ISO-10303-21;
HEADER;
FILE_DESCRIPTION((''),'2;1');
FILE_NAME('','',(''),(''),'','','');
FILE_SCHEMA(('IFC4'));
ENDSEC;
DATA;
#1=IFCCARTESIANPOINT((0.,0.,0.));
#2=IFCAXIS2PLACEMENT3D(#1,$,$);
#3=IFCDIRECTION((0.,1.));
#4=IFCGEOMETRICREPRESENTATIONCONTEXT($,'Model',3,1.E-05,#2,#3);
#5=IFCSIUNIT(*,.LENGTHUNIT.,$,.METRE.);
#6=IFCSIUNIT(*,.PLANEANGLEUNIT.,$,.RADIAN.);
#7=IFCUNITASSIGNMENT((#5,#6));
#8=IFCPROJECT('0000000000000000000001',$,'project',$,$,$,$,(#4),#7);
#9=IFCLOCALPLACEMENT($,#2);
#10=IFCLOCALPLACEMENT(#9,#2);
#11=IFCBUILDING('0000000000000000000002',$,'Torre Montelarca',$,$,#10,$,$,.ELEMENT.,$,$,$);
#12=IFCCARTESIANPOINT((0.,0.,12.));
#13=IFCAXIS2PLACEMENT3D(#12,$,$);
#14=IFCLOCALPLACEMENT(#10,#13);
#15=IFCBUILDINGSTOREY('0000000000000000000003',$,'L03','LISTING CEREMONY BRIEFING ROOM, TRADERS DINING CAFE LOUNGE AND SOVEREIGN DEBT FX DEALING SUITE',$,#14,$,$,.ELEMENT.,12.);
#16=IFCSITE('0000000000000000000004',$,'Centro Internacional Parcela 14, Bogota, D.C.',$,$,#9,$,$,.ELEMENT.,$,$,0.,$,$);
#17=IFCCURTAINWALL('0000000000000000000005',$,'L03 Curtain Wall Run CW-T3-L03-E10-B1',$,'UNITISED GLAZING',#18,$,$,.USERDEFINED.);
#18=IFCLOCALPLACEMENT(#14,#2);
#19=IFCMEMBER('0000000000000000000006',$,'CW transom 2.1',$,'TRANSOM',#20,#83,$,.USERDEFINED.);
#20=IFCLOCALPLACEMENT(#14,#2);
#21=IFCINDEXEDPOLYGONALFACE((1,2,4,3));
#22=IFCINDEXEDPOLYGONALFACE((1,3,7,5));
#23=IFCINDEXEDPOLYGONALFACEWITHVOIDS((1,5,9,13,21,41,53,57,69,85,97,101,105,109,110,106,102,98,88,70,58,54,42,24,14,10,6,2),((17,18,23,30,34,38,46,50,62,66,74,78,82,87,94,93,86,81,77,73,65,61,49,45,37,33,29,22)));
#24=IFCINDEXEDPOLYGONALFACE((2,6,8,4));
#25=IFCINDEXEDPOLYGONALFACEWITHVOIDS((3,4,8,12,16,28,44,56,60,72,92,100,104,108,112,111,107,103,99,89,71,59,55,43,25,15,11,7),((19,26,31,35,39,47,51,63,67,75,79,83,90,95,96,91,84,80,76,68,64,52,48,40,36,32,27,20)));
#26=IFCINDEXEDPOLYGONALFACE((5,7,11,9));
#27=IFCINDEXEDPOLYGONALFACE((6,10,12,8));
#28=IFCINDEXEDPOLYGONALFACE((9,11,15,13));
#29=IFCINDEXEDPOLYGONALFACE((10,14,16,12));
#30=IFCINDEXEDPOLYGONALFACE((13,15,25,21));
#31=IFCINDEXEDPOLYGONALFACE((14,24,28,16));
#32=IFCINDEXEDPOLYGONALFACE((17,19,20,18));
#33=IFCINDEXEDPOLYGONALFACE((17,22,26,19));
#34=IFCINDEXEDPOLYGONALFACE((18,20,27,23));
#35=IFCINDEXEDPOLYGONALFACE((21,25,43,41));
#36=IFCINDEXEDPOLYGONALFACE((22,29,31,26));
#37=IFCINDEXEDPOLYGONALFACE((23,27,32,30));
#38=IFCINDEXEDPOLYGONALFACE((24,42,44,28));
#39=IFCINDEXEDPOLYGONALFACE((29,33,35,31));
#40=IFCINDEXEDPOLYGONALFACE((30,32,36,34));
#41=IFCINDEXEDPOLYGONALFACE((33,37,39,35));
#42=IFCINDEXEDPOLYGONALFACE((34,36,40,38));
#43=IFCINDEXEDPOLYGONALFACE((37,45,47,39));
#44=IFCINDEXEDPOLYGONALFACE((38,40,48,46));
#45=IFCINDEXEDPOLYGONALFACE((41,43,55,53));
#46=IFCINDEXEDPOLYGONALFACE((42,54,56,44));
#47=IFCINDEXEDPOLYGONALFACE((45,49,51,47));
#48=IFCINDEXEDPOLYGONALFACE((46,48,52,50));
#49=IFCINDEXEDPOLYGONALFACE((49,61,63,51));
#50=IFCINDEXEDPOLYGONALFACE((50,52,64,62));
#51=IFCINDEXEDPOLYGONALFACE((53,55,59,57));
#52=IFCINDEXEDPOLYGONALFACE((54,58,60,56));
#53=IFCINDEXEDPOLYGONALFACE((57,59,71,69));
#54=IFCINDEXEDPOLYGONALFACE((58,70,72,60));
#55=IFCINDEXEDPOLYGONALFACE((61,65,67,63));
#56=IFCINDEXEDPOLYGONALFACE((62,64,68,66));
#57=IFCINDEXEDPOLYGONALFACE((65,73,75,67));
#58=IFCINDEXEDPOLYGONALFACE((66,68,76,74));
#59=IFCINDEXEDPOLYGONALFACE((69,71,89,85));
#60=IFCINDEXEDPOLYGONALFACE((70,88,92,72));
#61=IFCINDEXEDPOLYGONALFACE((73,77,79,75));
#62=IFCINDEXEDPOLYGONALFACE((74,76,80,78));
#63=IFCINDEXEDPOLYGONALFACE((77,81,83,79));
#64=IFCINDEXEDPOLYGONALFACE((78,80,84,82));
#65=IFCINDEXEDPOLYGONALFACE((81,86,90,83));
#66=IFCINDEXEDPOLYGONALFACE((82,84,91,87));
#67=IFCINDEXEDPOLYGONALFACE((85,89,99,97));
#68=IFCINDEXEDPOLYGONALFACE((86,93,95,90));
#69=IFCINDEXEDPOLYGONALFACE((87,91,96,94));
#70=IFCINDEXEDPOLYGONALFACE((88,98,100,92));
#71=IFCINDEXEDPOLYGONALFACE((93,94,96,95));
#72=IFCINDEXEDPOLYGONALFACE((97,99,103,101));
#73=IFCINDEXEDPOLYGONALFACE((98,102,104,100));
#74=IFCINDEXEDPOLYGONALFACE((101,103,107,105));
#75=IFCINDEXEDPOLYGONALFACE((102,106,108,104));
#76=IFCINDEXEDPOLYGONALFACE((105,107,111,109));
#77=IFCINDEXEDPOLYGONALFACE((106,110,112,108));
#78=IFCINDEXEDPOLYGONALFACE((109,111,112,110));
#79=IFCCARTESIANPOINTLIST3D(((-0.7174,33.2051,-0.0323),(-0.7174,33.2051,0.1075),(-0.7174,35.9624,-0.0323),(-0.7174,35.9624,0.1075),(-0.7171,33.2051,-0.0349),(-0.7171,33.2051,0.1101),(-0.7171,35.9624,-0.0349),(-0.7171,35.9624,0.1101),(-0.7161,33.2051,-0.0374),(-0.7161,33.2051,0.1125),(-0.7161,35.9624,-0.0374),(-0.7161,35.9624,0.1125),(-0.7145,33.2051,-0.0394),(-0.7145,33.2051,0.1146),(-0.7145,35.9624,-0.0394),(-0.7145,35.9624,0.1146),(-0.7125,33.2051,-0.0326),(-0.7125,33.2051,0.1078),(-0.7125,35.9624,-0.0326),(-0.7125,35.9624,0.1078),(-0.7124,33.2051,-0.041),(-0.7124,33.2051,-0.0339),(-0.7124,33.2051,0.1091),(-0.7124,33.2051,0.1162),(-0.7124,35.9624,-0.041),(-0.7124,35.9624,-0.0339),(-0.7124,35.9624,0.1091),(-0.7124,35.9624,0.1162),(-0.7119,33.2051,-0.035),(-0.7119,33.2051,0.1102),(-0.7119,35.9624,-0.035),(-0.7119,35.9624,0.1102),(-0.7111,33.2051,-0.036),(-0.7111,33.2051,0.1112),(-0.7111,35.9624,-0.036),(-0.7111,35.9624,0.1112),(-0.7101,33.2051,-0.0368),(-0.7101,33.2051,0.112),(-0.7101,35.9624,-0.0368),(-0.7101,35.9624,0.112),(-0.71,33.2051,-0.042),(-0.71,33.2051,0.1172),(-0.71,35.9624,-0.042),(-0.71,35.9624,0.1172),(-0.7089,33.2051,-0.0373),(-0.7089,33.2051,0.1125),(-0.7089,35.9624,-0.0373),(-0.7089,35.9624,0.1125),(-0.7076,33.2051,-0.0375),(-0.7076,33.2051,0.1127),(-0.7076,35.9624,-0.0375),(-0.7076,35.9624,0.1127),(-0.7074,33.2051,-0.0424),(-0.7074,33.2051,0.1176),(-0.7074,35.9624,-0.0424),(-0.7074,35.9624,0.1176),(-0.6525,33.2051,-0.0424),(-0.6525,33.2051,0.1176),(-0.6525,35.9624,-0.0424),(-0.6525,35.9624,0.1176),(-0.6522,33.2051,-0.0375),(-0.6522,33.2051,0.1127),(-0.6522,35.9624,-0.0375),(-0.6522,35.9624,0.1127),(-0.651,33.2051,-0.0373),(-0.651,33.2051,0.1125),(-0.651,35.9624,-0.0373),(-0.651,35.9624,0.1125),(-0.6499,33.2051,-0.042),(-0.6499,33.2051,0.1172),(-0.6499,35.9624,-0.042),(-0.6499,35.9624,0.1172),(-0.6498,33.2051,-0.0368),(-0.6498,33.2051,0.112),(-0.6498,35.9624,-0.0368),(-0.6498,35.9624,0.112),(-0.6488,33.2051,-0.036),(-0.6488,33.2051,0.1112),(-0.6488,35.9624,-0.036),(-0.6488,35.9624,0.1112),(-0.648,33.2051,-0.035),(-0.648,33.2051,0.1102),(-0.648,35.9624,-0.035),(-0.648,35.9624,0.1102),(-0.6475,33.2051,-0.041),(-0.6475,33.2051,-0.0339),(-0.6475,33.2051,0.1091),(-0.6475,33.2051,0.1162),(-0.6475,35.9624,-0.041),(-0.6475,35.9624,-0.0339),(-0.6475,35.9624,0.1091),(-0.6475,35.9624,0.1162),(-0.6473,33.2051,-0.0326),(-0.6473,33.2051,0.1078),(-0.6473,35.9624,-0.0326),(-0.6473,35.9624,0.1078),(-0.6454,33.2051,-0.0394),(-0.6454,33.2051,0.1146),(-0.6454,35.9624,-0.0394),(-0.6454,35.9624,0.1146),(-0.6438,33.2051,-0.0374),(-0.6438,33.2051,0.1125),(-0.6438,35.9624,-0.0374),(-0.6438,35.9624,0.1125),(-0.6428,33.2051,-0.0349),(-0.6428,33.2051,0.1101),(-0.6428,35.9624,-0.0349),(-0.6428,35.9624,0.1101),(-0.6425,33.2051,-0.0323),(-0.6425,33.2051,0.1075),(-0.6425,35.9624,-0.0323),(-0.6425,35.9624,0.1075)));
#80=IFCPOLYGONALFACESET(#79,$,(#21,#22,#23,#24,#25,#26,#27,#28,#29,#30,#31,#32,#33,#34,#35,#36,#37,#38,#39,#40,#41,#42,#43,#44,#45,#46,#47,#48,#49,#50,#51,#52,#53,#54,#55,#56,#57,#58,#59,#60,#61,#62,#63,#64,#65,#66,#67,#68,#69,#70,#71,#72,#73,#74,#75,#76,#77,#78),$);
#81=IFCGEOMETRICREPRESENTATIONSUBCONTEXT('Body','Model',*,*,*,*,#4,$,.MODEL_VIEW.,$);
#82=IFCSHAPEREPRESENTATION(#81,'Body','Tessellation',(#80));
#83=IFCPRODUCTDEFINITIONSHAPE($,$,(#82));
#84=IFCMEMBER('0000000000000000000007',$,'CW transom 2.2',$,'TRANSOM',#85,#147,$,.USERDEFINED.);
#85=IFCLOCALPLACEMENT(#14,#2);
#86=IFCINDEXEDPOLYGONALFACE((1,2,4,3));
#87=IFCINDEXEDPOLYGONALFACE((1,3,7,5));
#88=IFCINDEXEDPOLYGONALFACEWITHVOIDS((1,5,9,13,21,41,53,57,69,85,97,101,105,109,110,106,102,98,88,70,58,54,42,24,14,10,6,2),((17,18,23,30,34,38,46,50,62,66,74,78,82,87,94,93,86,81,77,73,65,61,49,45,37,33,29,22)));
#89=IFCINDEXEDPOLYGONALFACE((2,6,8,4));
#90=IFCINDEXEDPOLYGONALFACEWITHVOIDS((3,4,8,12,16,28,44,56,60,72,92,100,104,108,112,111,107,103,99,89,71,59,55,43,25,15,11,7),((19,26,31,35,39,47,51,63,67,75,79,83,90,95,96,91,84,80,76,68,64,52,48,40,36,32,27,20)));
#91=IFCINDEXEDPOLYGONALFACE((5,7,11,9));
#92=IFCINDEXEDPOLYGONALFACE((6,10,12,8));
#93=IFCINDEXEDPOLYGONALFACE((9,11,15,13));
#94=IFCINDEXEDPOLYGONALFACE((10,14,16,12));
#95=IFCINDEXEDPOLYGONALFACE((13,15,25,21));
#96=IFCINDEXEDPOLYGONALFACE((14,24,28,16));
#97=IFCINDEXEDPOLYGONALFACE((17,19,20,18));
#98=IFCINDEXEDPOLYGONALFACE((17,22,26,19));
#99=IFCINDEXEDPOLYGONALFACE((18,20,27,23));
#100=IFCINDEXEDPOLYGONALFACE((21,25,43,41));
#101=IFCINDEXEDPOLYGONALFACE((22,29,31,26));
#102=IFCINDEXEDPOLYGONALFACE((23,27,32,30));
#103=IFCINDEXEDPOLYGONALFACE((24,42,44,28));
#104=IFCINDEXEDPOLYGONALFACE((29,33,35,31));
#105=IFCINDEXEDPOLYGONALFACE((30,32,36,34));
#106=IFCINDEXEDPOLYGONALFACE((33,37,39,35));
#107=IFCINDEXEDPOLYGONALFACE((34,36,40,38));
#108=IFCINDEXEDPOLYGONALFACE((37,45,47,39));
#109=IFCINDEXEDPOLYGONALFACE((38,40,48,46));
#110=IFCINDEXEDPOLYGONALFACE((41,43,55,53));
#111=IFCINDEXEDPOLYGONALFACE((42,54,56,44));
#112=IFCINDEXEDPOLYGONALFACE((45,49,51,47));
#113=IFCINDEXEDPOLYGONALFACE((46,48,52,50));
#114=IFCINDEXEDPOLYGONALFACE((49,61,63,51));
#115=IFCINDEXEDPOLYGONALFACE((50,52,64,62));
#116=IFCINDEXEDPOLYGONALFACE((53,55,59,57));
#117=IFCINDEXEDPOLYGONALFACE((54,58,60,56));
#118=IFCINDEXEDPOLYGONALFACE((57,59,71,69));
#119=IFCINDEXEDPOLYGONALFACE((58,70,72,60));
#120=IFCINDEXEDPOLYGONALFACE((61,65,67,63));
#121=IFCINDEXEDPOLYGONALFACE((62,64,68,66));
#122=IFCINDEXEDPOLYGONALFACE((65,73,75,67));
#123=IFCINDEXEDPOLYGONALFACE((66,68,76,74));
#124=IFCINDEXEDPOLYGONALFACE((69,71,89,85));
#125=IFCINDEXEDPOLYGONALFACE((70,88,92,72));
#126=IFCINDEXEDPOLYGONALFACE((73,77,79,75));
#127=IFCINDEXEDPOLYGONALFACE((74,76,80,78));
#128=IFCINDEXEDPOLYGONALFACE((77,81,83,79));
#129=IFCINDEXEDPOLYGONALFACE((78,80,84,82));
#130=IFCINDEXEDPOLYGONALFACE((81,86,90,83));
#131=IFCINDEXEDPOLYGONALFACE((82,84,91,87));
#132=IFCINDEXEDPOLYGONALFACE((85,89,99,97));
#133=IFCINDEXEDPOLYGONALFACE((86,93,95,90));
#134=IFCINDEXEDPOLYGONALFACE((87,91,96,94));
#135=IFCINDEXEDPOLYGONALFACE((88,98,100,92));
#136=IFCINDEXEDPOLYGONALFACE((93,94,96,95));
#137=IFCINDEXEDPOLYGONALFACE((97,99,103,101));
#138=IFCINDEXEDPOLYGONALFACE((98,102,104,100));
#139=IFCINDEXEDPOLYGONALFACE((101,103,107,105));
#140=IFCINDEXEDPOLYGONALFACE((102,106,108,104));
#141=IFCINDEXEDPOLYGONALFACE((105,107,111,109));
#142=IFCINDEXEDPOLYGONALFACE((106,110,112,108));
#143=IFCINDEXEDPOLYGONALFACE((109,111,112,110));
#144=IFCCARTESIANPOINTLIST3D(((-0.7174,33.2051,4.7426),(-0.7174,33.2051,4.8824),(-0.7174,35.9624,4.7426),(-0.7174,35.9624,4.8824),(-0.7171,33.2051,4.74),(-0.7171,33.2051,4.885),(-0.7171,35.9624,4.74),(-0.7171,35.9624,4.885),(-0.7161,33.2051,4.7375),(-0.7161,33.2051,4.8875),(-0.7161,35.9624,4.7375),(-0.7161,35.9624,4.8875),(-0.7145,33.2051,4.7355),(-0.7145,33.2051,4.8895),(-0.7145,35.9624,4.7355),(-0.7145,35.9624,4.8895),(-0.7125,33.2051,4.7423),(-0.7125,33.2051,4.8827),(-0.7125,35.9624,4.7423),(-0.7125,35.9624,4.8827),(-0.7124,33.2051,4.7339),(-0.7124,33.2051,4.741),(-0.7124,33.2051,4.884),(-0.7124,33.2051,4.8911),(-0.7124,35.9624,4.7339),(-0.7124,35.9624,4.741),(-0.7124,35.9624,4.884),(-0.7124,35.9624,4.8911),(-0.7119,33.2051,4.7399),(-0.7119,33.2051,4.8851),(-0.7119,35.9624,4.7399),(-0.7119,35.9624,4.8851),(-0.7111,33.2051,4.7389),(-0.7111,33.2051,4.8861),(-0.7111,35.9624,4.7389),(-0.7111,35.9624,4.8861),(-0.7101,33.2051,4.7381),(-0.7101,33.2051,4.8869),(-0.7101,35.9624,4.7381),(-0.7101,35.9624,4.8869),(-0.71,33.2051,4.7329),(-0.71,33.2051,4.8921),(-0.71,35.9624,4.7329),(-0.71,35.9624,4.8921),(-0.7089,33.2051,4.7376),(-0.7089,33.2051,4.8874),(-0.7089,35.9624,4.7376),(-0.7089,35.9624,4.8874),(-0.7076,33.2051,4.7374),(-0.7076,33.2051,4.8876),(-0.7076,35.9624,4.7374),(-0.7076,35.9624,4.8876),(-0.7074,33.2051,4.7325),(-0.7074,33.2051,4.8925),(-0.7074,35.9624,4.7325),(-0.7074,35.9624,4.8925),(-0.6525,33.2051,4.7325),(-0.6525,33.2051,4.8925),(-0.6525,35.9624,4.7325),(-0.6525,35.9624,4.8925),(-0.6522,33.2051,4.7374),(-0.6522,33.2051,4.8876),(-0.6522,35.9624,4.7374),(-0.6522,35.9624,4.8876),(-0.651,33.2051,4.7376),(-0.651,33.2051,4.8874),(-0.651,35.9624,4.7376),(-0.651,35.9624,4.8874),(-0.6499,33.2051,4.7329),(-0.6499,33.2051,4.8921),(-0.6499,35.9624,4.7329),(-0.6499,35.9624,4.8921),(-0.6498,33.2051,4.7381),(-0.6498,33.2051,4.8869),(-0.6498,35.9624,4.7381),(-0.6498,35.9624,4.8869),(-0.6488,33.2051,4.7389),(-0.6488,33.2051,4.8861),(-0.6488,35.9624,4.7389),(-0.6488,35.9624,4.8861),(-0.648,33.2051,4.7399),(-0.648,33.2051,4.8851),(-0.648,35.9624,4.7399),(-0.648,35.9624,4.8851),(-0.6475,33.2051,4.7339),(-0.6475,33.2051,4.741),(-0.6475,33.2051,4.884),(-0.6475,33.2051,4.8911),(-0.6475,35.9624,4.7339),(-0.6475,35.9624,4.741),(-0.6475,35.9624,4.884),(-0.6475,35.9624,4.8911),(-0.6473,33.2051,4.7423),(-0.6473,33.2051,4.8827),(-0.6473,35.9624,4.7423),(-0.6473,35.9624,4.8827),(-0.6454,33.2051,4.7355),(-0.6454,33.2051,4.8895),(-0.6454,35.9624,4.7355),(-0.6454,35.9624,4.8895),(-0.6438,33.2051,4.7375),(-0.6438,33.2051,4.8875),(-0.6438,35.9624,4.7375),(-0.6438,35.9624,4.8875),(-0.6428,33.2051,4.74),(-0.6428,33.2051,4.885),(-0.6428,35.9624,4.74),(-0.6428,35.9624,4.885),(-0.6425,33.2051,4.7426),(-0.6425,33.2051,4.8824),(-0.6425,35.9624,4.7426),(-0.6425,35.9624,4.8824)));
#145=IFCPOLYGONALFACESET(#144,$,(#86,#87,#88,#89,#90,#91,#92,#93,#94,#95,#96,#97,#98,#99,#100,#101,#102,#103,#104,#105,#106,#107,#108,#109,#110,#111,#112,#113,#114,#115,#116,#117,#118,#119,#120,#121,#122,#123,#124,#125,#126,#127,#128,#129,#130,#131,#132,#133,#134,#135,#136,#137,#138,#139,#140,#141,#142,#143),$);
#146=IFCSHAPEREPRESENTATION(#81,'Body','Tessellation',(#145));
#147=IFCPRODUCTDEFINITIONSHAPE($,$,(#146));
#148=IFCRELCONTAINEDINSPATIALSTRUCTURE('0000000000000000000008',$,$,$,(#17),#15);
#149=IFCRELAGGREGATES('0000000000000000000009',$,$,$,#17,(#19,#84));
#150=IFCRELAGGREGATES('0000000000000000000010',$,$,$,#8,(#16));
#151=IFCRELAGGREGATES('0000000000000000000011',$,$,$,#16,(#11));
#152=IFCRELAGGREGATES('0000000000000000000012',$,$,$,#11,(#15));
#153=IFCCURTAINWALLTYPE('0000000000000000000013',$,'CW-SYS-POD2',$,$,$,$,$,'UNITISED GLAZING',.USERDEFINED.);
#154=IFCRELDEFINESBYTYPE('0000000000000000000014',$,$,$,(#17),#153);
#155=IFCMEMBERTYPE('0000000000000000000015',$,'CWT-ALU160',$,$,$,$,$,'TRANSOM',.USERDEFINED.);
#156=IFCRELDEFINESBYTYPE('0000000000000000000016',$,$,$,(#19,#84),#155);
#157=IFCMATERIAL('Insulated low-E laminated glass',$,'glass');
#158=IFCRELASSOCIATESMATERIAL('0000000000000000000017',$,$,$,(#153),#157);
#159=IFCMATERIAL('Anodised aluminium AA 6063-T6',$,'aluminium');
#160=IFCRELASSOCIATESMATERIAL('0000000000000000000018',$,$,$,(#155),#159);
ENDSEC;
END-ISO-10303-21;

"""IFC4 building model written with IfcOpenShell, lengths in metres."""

from ifc_helpers import new_model, si_unit, direction, frame, origin, origin_2d, place, context, subcontext, project, spatial, hollow_rectangle, extrude, source, transform, mapped, material, material_profile, profile_set, type_object, element, aggregate, save


model = new_model("IFC4")

# Units and contexts
model_context = context("Model", 3, precision=1e-05, world=origin(), true_north=direction((0.0, 1.0)))
body_context = subcontext(model_context, "Body", "Model", "MODEL_VIEW")
ifc_project = project(units=[si_unit("LENGTHUNIT", "METRE"), si_unit("PLANEANGLEUNIT", "RADIAN")], contexts=[model_context])

# Site, building, storey
site_placement = place(None, origin())
site = spatial("IfcSite", under=ifc_project, at=site_placement, Name="Centro Internacional Parcela 14, Bogota, D.C.", CompositionType="ELEMENT", RefElevation=0.0)
building_placement = place(site_placement, origin())
building = spatial("IfcBuilding", under=site, at=building_placement, Name="Torre Montelarca", CompositionType="ELEMENT")
storey_placement = place(building_placement, frame((0.0, 0.0, 12.0)))
storey = spatial("IfcBuildingStorey", under=building, at=storey_placement, Name="L03", Description="LISTING CEREMONY BRIEFING ROOM, TRADERS DINING CAFE LOUNGE AND SOVEREIGN DEBT FX DEALING SUITE", CompositionType="ELEMENT", Elevation=12.0)

# Curtain wall, members
ifc_material_1 = material(Name="Insulated low-E laminated glass", Category="glass")
curtain_wall_type = type_object("IfcCurtainWallType", Name="CW-SYS-POD2", ElementType="UNITISED GLAZING", PredefinedType="USERDEFINED", material=ifc_material_1)
curtain_wall_1_placement = place(storey_placement, origin())
curtain_wall_1 = element("IfcCurtainWall", 1, at=curtain_wall_1_placement, inside=storey, type_object=curtain_wall_type, Name="L03 Curtain Wall Run CW-T3-L03-E10-B1", ObjectType="UNITISED GLAZING", PredefinedType="USERDEFINED")
ifc_material_2 = material(Name="Anodised aluminium AA 6063-T6", Category="aluminium")
ifc_material_profile_1 = material_profile(ifc_material_2, hollow_rectangle(XDim=0.075, YDim=0.1599, WallThickness=0.0049, InnerFilletRadius=0.0049, OuterFilletRadius=0.01, at=origin_2d()), Name="ALU75X160X5", Category="aluminium")
ifc_profile_set_1 = profile_set([ifc_material_profile_1], Name="Anodised aluminium AA 6063-T6")
member_type_1 = type_object("IfcMemberType", Name="CWT-ALU160", ElementType="TRANSOM", PredefinedType="USERDEFINED", material=ifc_profile_set_1)
shared_shape_1 = source(origin(), body_context, "Body", "SweptSolid", [
    extrude(hollow_rectangle(XDim=0.075, YDim=0.1599, WallThickness=0.0049, InnerFilletRadius=0.0049, OuterFilletRadius=0.01, at=origin_2d()), origin(), (0.0, 0.0, 1.0), 2.7573),
])
member_1_placement = place(storey_placement, frame((-0.6799, 35.9624, 0.0376), z_axis=(0.0, -1.0, 0.0), x_axis=(1.0, 0.0, 0.0)))
member_1 = element("IfcMember", 2, at=member_1_placement, type_object=member_type_1, Name="CW transom 2.1", ObjectType="TRANSOM", PredefinedType="USERDEFINED", context=body_context, shape_type="MappedRepresentation", body=[
    mapped(shared_shape_1, transform((0.0, 0.0, 0.0), scale=1.0)),
])
member_2_placement = place(storey_placement, frame((-0.6799, 35.9624, 4.8125), z_axis=(0.0, -1.0, 0.0), x_axis=(1.0, 0.0, 0.0)))
member_2 = element("IfcMember", 3, at=member_2_placement, type_object=member_type_1, Name="CW transom 2.2", ObjectType="TRANSOM", PredefinedType="USERDEFINED", context=body_context, shape_type="MappedRepresentation", body=[
    mapped(shared_shape_1, transform((0.0, 0.0, 0.0), scale=1.0)),
])

aggregate(curtain_wall_1, [member_1, member_2])

save(model, "model.ifc")
